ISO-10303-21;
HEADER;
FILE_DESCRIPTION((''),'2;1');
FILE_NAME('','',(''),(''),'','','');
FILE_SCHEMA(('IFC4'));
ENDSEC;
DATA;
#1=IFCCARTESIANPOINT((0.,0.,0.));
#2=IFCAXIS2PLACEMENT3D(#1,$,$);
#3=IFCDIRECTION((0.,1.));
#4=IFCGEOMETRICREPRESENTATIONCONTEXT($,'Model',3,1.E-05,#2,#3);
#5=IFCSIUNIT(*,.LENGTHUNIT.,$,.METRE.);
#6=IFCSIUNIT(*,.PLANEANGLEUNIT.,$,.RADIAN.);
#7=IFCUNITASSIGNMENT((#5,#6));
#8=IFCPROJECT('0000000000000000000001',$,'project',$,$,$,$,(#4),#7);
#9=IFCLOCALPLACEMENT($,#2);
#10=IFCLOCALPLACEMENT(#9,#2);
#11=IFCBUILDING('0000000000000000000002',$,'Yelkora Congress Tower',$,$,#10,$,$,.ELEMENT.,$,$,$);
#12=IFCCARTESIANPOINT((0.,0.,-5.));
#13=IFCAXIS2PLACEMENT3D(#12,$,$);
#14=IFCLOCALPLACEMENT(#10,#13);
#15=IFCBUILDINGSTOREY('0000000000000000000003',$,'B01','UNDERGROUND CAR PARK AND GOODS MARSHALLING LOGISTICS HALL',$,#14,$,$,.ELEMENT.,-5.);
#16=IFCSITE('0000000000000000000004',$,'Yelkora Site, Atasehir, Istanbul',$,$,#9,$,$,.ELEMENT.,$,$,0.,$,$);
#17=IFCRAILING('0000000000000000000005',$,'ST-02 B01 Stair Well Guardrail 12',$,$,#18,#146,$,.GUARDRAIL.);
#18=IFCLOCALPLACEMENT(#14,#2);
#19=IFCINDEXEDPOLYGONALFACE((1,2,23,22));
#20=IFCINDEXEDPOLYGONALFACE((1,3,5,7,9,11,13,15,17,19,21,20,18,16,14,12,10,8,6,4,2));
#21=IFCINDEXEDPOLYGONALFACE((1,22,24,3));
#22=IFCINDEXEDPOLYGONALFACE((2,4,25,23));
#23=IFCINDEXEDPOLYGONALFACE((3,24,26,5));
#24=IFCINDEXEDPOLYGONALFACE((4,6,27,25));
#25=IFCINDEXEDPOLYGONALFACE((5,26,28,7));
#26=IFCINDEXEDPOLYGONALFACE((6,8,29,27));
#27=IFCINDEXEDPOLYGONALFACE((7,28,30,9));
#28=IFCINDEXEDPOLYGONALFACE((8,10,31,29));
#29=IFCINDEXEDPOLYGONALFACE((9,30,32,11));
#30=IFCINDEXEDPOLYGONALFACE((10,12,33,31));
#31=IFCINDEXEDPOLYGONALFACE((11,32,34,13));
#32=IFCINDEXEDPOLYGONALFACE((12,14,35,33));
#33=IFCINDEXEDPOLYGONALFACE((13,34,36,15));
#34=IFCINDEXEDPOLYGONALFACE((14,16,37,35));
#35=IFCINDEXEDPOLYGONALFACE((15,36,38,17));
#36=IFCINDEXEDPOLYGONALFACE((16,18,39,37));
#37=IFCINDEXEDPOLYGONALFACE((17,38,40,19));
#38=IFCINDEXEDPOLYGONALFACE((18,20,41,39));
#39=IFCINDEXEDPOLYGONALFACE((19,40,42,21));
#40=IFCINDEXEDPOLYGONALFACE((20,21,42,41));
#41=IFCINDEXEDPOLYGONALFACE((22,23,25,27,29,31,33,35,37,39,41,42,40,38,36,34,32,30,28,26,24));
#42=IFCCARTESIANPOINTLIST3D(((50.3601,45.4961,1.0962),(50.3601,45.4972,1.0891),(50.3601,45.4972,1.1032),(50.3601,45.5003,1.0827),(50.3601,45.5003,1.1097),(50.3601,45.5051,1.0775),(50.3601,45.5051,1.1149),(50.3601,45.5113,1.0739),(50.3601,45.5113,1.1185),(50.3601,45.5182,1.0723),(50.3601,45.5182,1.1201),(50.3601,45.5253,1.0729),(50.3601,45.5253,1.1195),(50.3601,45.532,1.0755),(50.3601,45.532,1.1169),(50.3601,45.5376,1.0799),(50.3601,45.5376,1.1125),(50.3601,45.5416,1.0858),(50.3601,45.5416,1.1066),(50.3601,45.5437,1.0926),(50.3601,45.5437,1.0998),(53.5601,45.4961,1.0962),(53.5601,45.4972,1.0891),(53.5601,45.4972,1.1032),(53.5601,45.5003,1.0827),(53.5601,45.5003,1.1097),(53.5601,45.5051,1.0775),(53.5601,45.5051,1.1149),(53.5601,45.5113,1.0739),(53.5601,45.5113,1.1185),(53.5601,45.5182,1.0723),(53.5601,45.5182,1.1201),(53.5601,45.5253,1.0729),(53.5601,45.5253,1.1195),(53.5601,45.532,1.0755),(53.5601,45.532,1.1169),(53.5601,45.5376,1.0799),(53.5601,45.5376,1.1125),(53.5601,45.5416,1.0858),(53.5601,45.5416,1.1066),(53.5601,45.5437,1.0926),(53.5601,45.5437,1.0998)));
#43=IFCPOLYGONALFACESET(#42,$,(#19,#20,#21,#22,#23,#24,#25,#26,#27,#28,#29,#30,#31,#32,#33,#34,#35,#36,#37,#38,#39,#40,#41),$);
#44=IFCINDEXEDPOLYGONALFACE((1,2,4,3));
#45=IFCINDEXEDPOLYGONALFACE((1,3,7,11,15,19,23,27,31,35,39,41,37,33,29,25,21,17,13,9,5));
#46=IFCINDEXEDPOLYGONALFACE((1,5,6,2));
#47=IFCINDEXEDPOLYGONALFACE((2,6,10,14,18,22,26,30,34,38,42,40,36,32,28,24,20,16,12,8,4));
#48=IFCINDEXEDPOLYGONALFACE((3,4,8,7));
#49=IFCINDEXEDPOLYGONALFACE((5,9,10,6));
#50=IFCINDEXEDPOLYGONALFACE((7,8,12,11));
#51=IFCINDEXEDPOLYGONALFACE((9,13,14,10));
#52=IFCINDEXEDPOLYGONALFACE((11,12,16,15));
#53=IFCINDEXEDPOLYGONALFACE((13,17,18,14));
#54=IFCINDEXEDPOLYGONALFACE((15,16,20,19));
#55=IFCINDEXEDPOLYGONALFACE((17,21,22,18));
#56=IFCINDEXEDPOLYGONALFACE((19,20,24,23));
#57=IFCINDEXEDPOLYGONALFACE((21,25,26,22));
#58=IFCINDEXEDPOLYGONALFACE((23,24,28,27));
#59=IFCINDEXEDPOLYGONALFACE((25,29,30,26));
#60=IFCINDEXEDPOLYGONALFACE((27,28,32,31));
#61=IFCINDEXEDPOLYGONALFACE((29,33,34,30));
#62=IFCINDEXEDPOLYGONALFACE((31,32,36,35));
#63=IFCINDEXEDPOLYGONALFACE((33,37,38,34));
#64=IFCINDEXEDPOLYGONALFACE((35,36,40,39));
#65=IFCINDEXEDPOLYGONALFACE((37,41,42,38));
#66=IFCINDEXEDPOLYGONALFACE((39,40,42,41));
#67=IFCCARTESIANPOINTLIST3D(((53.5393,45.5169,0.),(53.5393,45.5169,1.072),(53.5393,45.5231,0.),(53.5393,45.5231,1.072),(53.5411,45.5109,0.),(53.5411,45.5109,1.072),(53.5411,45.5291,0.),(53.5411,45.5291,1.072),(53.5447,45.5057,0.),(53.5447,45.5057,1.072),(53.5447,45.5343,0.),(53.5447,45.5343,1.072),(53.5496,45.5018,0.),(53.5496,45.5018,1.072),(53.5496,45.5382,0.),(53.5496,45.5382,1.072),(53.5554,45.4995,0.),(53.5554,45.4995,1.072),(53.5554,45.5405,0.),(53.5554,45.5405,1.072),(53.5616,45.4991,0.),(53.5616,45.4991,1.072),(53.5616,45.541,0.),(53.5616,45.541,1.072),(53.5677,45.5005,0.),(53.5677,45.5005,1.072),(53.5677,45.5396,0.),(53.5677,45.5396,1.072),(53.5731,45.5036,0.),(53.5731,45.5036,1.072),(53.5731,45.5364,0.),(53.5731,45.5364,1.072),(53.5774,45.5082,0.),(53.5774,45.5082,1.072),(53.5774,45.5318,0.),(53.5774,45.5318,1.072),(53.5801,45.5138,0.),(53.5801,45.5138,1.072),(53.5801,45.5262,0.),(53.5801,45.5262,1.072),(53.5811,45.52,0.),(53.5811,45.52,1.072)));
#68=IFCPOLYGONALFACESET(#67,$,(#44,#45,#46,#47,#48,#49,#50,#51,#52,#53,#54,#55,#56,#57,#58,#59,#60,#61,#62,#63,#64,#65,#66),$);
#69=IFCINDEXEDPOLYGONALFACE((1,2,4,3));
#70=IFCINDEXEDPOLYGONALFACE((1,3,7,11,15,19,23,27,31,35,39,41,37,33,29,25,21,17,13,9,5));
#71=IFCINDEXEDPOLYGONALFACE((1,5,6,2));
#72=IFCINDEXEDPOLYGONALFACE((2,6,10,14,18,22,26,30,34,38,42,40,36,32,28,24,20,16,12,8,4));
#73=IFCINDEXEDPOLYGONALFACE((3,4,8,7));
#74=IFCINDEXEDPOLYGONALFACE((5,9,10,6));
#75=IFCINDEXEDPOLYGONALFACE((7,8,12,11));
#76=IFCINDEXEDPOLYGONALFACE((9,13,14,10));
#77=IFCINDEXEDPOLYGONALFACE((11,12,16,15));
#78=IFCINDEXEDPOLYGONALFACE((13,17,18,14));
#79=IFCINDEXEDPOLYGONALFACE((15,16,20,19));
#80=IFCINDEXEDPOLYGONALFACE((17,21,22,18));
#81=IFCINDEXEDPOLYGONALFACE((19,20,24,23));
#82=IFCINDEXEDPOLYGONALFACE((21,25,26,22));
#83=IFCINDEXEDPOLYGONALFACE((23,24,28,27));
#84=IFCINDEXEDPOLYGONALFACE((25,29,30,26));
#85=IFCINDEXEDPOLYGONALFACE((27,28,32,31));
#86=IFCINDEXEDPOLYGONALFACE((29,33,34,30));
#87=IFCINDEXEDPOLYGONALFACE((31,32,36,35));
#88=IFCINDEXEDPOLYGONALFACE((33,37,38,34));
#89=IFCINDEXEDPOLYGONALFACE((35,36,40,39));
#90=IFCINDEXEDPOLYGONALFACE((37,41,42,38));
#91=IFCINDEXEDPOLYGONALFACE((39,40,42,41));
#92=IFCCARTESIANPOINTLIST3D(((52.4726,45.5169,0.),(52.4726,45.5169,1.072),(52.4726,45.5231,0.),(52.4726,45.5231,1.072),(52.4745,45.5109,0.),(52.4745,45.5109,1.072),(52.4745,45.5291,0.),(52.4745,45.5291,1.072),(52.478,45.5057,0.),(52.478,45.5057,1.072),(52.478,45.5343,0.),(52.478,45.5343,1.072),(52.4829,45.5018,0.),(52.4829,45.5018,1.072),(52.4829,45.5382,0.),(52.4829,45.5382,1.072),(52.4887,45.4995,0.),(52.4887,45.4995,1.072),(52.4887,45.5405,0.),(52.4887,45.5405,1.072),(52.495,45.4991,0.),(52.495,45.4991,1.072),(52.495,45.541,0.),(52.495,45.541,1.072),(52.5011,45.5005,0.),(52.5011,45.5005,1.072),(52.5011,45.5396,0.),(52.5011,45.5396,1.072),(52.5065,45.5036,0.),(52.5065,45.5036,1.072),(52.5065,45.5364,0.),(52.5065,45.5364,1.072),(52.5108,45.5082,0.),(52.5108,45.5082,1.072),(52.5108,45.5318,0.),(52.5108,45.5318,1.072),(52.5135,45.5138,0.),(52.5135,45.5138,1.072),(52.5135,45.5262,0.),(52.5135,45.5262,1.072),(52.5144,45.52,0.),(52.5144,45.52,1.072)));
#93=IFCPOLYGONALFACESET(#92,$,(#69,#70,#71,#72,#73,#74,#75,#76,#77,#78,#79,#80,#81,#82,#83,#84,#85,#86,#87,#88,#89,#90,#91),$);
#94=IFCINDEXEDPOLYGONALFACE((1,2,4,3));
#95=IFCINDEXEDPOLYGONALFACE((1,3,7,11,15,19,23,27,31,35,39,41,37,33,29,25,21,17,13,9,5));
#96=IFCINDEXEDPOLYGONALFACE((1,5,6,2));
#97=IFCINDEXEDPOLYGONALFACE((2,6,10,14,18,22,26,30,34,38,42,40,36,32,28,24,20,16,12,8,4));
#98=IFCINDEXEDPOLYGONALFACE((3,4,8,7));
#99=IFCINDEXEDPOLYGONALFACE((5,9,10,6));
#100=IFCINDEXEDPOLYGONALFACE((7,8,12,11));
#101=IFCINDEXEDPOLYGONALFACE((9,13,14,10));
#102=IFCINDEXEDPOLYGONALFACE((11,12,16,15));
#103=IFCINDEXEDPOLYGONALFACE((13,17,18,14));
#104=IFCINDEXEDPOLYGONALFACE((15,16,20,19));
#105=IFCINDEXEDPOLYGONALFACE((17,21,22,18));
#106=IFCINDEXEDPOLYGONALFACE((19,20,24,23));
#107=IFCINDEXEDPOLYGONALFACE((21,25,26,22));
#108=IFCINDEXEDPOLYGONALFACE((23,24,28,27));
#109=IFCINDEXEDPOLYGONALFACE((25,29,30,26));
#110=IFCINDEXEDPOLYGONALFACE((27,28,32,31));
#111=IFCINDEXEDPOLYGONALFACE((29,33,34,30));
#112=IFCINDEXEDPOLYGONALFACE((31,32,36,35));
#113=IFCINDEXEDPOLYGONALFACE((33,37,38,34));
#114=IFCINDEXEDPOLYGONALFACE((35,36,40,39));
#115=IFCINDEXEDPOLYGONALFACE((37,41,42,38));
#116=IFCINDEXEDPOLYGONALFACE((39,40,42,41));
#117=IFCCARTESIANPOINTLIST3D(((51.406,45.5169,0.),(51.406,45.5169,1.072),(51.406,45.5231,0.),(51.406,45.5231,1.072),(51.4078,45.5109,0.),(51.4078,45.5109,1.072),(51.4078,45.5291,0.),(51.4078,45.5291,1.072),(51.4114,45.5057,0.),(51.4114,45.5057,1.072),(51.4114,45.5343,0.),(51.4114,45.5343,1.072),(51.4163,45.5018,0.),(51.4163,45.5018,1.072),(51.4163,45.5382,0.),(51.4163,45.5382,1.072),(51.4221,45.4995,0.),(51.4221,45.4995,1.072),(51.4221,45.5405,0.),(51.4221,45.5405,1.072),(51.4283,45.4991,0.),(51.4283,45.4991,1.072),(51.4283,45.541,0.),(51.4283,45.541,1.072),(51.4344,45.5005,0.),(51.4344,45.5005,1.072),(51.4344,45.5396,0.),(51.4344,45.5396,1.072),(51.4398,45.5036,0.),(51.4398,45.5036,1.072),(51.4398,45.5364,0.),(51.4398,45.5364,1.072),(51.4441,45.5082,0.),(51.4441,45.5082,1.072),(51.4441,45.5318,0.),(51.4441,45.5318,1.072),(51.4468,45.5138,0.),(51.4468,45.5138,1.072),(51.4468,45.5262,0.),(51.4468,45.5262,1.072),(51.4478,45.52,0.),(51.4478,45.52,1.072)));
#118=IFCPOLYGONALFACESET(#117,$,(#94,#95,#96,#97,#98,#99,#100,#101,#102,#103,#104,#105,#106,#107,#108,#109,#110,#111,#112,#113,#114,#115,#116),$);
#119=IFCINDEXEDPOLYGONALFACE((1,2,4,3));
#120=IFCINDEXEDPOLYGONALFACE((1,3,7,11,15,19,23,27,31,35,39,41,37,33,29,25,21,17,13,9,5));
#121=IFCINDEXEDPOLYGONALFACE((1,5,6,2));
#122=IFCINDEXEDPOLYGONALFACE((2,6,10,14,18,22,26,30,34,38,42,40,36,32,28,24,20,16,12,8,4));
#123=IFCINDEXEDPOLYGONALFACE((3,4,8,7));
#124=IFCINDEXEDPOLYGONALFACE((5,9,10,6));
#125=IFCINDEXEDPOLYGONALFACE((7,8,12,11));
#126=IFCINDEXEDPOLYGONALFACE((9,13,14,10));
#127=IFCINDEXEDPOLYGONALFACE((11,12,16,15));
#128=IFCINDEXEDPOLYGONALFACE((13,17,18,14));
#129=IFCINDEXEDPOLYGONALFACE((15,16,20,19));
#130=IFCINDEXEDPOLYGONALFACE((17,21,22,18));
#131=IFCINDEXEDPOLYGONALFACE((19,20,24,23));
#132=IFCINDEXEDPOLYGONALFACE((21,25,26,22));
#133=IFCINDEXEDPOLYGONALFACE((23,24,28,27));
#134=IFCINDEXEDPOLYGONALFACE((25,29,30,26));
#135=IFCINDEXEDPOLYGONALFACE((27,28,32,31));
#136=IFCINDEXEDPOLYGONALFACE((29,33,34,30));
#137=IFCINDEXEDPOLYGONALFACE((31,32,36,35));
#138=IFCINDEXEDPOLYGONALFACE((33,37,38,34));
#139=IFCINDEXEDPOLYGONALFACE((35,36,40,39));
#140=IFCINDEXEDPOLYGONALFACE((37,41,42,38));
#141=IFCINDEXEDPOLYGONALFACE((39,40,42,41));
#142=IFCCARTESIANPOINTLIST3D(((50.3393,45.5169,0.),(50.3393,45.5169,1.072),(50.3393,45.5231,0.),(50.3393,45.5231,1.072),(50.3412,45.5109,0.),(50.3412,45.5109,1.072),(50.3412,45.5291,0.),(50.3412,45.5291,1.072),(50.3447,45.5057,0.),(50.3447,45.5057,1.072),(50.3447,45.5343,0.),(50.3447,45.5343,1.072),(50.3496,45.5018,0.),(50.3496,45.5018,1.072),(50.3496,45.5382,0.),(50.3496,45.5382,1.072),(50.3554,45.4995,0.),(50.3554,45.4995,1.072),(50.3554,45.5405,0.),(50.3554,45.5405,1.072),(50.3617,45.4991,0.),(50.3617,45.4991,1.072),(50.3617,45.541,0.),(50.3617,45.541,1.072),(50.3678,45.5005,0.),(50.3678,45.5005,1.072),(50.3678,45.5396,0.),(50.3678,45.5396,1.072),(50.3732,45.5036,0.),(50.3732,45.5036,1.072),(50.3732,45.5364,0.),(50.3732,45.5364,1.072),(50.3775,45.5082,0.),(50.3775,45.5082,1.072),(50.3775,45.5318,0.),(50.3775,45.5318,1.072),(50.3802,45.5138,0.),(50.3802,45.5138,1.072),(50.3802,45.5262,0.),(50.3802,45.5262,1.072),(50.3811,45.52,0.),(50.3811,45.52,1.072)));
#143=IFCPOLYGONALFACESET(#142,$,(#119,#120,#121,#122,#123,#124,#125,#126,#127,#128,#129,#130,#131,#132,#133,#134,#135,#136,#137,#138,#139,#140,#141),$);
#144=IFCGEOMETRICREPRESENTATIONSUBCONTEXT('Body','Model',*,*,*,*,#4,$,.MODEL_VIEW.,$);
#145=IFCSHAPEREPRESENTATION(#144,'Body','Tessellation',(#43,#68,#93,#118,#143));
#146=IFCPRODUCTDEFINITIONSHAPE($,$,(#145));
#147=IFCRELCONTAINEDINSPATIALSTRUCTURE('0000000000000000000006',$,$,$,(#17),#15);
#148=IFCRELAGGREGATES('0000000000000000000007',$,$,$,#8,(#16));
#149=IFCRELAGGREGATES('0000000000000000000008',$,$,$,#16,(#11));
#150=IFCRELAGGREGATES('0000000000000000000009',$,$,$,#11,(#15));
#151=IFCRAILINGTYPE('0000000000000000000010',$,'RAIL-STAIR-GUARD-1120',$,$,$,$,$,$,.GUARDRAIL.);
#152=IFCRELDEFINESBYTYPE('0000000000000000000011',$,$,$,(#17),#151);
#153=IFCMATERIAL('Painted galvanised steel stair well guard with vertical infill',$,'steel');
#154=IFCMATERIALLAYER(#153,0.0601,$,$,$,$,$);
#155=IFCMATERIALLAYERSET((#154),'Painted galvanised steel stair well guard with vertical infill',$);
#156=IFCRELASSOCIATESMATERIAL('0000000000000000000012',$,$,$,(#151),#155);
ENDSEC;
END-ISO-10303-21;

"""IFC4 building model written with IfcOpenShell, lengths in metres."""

from ifc_helpers import new_model, si_unit, direction, frame, origin, origin_2d, place, context, subcontext, project, spatial, circle, extrude, material, layer, layer_set, type_object, element, save


model = new_model("IFC4")

# Units and contexts
model_context = context("Model", 3, precision=1e-05, world=origin(), true_north=direction((0.0, 1.0)))
body_context = subcontext(model_context, "Body", "Model", "MODEL_VIEW")
ifc_project = project(units=[si_unit("LENGTHUNIT", "METRE"), si_unit("PLANEANGLEUNIT", "RADIAN")], contexts=[model_context])

# Site, building, storey
site_placement = place(None, origin())
site = spatial("IfcSite", under=ifc_project, at=site_placement, Name="Yelkora Site, Atasehir, Istanbul", CompositionType="ELEMENT", RefElevation=0.0)
building_placement = place(site_placement, origin())
building = spatial("IfcBuilding", under=site, at=building_placement, Name="Yelkora Congress Tower", CompositionType="ELEMENT")
storey_placement = place(building_placement, frame((0.0, 0.0, -5.0)))
storey = spatial("IfcBuildingStorey", under=building, at=storey_placement, Name="B01", Description="UNDERGROUND CAR PARK AND GOODS MARSHALLING LOGISTICS HALL", CompositionType="ELEMENT", Elevation=-5.0)

# Railing
ifc_material_1 = material(Name="Painted galvanised steel stair well guard with vertical infill", Category="steel")
ifc_layer_1 = layer(ifc_material_1, 0.0601)
ifc_layer_set_1 = layer_set([ifc_layer_1], Name="Painted galvanised steel stair well guard with vertical infill")
railing_type_1 = type_object("IfcRailingType", Name="RAIL-STAIR-GUARD-1120", PredefinedType="GUARDRAIL", material=ifc_layer_set_1)
railing_1_placement = place(storey_placement, frame((53.5601, 45.52, 0.0)))
element("IfcRailing", 1, at=railing_1_placement, inside=storey, type_object=railing_type_1, Name="ST-02 B01 Stair Well Guardrail 12", PredefinedType="GUARDRAIL", context=body_context, shape_type="SweptSolid", body=[
    extrude(circle(Radius=0.0239, at=origin_2d()), frame((0.0, 0.0, 1.0962), z_axis=(-1.0, 0.0, 0.0), x_axis=(0.0, -1.0, 0.0)), (0.0, 0.0, 1.0), 3.2),
    extrude(circle(Radius=0.021, at=origin_2d()), origin(), (0.0, 0.0, 1.0), 1.072),
    extrude(circle(Radius=0.021, at=origin_2d()), frame((-1.0667, 0.0, 0.0)), (0.0, 0.0, 1.0), 1.072),
    extrude(circle(Radius=0.021, at=origin_2d()), frame((-2.1333, 0.0, 0.0)), (0.0, 0.0, 1.0), 1.072),
    extrude(circle(Radius=0.021, at=origin_2d()), frame((-3.2, 0.0, 0.0)), (0.0, 0.0, 1.0), 1.072),
])

save(model, "model.ifc")
